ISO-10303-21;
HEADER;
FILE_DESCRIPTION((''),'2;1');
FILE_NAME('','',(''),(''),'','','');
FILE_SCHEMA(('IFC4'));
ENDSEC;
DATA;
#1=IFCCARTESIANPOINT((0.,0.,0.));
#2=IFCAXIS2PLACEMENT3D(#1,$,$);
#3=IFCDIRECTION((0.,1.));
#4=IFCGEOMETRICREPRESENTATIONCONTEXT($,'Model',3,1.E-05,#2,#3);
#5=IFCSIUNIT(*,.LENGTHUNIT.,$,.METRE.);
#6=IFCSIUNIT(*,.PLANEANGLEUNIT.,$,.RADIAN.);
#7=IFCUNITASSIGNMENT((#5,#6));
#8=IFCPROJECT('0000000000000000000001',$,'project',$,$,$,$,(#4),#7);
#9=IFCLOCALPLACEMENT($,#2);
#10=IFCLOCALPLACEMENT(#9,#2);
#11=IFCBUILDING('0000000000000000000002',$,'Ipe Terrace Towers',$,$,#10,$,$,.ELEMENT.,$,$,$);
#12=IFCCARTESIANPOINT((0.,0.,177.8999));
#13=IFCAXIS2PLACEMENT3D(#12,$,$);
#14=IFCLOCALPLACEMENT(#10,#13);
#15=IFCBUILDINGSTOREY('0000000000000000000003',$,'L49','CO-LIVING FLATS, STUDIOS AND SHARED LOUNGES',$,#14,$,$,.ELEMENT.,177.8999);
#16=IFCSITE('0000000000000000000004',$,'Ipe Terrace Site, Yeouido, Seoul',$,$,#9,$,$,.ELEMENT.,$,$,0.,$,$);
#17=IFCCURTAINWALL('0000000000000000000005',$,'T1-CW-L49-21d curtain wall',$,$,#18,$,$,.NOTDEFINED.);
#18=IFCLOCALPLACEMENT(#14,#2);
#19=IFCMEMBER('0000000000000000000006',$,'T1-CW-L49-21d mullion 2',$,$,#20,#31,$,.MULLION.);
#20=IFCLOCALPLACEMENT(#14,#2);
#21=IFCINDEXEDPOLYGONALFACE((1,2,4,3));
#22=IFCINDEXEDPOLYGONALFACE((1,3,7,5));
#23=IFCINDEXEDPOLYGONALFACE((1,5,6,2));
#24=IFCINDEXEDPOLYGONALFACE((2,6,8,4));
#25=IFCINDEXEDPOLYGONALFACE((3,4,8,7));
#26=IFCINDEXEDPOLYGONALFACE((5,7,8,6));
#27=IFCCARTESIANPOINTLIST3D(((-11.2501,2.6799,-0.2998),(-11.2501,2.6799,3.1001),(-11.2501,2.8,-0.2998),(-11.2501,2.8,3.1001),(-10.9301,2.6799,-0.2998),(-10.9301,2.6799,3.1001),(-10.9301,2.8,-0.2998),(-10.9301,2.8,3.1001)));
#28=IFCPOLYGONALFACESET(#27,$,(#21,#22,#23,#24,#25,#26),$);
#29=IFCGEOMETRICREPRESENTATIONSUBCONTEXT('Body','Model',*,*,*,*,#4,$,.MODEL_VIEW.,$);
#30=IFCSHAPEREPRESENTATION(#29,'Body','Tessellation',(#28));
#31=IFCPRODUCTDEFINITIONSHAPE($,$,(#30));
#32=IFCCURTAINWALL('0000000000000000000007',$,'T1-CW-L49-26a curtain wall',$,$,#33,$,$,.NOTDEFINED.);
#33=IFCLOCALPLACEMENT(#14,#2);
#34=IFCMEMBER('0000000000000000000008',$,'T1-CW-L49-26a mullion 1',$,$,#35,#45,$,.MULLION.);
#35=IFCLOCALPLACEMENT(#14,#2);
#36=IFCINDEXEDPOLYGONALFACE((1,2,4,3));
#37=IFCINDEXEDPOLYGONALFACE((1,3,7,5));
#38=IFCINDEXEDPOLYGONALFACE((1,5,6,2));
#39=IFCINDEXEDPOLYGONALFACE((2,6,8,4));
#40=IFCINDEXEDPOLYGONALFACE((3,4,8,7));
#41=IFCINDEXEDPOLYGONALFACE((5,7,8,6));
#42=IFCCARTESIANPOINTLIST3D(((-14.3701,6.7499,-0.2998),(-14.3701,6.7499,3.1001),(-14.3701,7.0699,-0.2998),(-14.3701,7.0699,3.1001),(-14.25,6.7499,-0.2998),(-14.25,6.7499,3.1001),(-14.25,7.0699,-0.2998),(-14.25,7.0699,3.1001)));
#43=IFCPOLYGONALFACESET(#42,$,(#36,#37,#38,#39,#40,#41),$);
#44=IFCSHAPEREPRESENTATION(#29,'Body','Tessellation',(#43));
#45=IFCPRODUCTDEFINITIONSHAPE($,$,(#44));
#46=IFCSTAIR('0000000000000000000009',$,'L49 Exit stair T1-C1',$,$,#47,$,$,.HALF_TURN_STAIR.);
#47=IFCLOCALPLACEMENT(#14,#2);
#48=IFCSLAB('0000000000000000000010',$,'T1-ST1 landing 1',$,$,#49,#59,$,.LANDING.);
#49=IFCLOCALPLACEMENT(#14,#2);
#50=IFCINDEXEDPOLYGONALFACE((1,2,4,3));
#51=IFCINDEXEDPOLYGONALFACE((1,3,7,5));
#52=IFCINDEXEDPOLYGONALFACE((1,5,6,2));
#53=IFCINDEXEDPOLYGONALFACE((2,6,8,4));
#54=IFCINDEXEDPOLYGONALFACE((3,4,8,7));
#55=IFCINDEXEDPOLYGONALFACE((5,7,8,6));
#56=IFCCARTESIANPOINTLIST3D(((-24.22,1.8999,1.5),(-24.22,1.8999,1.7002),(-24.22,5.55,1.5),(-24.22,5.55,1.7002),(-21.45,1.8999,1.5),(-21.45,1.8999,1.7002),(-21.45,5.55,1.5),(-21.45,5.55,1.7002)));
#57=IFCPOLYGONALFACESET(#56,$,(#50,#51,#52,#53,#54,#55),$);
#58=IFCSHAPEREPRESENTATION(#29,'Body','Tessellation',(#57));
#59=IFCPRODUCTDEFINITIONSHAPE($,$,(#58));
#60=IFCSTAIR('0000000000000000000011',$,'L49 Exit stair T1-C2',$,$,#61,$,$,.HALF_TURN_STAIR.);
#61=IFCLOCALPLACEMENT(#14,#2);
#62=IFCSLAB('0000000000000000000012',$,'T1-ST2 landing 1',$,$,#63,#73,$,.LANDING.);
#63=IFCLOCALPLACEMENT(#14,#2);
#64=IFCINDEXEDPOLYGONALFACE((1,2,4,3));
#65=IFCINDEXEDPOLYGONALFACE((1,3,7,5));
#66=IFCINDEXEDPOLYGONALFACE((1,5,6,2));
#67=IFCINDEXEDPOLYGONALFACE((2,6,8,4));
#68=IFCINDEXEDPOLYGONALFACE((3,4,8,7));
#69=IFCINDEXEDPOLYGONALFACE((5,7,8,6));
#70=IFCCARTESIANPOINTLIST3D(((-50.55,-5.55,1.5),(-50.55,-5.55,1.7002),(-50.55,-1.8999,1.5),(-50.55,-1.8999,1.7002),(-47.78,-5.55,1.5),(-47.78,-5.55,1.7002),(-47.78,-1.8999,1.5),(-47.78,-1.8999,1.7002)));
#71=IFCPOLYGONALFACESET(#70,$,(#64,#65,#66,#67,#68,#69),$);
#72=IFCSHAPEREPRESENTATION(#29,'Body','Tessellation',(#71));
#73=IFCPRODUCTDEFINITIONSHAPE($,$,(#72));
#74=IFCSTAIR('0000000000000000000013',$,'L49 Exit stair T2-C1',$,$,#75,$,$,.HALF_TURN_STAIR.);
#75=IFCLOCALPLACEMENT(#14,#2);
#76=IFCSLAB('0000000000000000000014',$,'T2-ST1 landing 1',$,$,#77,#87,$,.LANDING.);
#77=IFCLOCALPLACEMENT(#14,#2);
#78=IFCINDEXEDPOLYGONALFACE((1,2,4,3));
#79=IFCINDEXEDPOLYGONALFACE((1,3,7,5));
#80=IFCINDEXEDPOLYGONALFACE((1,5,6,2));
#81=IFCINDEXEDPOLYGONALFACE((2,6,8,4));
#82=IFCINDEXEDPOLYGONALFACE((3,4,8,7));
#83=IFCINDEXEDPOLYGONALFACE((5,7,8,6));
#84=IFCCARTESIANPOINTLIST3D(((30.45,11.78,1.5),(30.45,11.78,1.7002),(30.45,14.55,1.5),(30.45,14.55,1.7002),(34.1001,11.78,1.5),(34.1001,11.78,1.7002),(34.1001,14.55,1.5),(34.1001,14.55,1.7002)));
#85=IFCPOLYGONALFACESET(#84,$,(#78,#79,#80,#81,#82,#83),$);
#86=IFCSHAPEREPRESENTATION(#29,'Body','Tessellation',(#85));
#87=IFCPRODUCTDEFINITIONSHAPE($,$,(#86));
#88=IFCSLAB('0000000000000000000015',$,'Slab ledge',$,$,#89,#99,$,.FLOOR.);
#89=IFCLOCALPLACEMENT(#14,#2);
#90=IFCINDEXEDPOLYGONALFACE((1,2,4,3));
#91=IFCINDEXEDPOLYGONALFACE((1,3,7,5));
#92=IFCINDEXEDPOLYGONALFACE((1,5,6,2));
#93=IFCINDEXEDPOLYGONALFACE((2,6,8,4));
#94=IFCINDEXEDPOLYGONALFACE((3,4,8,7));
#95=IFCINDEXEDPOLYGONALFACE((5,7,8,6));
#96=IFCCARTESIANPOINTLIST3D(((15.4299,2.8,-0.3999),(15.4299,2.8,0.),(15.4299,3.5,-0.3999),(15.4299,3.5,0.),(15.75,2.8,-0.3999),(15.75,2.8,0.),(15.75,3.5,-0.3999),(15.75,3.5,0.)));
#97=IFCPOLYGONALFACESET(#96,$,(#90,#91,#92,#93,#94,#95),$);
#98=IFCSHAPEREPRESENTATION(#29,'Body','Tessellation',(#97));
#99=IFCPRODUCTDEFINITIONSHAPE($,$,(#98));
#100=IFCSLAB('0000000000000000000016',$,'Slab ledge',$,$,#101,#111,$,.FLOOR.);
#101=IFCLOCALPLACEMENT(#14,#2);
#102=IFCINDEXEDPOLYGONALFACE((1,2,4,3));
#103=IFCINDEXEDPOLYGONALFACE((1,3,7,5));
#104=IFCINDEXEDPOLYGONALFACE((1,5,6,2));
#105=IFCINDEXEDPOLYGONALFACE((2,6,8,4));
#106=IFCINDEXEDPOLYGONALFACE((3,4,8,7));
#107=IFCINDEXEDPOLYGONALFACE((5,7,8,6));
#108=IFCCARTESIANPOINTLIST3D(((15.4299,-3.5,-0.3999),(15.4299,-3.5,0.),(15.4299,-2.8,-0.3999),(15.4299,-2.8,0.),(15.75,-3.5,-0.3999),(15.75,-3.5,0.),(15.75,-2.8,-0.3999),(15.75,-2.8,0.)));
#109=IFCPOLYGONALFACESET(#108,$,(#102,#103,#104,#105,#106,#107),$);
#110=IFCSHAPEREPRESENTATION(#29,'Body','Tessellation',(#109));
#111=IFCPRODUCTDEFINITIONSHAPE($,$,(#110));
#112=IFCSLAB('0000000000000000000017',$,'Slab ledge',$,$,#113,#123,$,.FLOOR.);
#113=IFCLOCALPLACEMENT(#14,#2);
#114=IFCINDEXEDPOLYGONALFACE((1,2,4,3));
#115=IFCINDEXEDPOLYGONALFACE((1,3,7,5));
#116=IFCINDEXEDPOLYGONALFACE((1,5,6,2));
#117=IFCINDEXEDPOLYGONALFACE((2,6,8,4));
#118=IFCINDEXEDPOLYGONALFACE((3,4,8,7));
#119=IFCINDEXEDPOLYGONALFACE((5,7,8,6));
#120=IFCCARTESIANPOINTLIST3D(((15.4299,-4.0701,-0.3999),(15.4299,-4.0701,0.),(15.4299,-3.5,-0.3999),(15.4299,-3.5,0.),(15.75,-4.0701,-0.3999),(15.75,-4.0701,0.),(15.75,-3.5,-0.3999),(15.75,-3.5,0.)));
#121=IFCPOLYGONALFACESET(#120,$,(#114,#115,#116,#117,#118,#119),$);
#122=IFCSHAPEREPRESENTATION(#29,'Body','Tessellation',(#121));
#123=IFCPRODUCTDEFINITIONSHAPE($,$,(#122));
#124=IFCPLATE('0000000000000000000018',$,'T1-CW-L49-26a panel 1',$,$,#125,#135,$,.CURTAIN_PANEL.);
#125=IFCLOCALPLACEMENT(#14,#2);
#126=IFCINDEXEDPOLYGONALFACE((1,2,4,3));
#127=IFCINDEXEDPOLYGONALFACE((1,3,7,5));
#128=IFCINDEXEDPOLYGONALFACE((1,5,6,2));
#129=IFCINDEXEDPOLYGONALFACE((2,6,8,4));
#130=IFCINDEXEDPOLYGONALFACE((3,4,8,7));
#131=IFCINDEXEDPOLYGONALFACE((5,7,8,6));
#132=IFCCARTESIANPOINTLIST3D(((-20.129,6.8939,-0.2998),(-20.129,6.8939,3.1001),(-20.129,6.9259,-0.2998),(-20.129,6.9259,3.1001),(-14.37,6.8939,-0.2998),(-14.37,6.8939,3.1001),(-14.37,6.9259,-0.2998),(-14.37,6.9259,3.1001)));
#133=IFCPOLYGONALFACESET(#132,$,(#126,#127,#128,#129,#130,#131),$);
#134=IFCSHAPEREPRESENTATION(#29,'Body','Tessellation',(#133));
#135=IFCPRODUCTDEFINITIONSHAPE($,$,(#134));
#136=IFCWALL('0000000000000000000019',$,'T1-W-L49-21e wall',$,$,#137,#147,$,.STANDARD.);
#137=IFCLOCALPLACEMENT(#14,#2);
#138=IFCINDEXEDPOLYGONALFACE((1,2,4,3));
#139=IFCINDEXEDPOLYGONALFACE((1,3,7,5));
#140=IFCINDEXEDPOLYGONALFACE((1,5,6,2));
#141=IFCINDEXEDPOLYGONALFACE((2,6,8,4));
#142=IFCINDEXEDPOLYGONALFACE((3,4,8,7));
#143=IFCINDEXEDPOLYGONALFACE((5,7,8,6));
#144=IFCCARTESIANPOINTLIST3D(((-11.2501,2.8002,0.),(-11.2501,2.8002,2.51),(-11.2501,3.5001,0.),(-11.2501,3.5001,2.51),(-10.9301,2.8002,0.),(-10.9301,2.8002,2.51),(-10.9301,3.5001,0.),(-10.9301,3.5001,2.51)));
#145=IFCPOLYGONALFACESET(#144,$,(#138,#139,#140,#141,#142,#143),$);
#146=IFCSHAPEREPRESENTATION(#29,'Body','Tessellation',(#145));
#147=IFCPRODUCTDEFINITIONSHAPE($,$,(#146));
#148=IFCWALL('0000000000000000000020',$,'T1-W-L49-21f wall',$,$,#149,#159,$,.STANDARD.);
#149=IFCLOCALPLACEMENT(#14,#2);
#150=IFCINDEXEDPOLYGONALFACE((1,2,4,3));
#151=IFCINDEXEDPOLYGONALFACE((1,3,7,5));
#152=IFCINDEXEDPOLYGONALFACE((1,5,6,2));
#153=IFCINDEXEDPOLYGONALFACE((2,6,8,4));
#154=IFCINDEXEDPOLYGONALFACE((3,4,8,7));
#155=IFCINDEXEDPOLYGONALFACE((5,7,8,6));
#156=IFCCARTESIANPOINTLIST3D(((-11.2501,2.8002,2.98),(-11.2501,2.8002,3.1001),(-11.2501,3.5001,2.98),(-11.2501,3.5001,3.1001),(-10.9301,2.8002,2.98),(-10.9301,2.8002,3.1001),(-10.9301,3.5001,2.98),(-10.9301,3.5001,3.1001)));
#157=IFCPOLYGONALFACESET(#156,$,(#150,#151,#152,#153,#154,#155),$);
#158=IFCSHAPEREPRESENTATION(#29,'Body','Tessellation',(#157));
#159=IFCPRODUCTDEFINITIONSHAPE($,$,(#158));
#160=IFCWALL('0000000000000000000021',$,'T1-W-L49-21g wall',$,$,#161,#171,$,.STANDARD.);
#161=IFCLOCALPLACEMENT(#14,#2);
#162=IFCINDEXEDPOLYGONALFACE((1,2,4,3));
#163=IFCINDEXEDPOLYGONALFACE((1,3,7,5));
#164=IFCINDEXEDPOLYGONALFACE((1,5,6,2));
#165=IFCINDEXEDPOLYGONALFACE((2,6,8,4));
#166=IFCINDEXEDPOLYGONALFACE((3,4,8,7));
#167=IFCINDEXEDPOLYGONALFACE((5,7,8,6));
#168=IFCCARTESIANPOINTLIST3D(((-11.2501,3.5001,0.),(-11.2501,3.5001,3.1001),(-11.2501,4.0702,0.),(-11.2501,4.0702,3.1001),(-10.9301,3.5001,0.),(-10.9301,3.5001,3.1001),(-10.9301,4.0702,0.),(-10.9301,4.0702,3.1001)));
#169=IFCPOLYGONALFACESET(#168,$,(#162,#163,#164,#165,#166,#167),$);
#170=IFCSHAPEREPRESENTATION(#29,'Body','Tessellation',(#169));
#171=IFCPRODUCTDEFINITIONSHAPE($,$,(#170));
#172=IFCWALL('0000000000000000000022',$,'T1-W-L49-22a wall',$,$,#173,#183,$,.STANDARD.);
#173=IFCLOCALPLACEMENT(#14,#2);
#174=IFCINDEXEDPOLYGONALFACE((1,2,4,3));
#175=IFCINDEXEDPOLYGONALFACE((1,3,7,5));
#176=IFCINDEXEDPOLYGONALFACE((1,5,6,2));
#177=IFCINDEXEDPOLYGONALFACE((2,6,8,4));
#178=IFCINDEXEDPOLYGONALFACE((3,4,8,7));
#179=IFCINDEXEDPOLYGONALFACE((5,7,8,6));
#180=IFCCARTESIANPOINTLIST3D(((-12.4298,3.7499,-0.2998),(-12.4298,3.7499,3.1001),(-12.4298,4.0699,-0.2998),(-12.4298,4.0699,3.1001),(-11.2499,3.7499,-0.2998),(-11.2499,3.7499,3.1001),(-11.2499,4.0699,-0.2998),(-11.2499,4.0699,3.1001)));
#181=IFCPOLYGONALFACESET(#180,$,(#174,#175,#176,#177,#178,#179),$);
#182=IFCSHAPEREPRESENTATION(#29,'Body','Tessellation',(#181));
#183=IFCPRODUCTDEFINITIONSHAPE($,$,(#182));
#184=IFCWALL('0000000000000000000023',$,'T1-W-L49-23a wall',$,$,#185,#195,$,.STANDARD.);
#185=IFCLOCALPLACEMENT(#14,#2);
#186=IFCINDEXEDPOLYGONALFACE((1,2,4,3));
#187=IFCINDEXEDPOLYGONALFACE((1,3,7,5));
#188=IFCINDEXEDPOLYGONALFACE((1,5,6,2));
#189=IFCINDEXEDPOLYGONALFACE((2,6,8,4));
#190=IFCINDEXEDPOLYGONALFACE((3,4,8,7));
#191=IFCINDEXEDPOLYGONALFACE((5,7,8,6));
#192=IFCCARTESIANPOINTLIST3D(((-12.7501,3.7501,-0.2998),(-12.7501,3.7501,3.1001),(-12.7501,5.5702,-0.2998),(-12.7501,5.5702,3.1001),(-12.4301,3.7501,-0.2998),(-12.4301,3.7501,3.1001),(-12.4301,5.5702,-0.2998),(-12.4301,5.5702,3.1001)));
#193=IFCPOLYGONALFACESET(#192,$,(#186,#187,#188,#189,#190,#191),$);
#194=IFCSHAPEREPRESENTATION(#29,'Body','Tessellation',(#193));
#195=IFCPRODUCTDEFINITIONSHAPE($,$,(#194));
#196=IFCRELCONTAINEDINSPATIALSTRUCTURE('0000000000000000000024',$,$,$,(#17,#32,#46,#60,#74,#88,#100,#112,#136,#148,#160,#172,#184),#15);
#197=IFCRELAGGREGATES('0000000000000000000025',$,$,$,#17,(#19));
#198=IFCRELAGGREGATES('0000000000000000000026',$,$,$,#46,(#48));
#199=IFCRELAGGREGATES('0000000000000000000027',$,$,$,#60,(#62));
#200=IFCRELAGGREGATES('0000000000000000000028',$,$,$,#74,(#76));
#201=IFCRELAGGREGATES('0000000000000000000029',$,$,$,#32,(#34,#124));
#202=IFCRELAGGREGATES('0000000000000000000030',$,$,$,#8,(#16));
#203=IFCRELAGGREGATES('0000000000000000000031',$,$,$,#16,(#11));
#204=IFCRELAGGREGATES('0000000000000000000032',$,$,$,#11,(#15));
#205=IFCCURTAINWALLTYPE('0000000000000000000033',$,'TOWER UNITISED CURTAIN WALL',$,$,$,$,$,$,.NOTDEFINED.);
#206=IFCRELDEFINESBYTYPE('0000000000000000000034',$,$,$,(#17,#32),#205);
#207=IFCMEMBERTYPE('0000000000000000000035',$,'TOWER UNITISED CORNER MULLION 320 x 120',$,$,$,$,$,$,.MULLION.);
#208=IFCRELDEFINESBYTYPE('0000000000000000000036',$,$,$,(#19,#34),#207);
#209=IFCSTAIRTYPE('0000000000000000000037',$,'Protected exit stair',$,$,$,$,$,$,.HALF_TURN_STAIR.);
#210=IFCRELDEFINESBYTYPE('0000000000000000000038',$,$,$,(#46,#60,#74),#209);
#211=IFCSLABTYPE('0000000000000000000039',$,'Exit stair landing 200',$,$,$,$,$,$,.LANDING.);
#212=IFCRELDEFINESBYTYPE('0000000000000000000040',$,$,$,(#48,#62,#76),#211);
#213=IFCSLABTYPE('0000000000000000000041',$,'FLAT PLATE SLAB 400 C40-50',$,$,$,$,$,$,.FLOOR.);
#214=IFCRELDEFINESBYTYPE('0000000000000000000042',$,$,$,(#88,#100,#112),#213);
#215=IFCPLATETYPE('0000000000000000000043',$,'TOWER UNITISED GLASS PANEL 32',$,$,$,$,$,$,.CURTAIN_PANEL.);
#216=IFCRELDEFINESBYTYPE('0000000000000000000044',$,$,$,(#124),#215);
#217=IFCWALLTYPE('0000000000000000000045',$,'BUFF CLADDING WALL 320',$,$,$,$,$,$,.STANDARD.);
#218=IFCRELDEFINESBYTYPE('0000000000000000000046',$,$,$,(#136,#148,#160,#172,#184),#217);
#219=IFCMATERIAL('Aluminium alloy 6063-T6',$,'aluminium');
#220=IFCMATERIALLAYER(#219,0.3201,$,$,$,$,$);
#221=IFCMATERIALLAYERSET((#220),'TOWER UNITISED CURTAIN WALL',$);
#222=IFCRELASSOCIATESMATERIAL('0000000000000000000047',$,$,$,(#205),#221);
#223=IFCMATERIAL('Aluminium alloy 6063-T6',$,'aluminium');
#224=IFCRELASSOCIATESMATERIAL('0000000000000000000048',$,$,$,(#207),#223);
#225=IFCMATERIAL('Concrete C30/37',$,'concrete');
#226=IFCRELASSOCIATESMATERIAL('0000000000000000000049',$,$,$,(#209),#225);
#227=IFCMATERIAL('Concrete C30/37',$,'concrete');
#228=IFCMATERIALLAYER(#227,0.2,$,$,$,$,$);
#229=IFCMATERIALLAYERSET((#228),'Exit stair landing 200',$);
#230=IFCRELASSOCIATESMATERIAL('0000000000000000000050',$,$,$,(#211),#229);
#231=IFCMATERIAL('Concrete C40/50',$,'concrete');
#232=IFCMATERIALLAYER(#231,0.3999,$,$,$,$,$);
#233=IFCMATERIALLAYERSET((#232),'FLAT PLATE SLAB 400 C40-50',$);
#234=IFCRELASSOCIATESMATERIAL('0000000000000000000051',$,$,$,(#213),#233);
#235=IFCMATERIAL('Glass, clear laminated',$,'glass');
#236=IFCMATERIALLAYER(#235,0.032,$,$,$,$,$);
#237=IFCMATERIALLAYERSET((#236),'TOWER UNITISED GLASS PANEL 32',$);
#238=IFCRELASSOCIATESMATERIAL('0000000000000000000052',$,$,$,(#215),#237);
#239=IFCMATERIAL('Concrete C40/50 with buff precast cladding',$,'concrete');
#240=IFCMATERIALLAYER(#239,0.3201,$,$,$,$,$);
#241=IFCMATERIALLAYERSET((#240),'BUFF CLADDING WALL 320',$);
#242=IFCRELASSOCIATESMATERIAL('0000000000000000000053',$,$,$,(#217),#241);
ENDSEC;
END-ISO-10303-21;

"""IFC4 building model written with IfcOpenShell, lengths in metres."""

from ifc_helpers import new_model, si_unit, direction, frame, frame_2d, origin, origin_2d, place, context, subcontext, project, spatial, polyline, rectangle, outline, extrude, material, layer, layer_set, material_profile, profile_set, type_object, element, aggregate, save


model = new_model("IFC4")

# Units and contexts
model_context = context("Model", 3, precision=1e-05, world=origin(), true_north=direction((0.0, 1.0)))
body_context = subcontext(model_context, "Body", "Model", "MODEL_VIEW")
ifc_project = project(units=[si_unit("LENGTHUNIT", "METRE"), si_unit("PLANEANGLEUNIT", "RADIAN")], contexts=[model_context])

# Site, building, storey
site_placement = place(None, origin())
site = spatial("IfcSite", under=ifc_project, at=site_placement, Name="Ipe Terrace Site, Yeouido, Seoul", CompositionType="ELEMENT", RefElevation=0.0)
building_placement = place(site_placement, origin())
building = spatial("IfcBuilding", under=site, at=building_placement, Name="Ipe Terrace Towers", CompositionType="ELEMENT")
storey_placement = place(building_placement, frame((0.0, 0.0, 177.8999)))
storey = spatial("IfcBuildingStorey", under=building, at=storey_placement, Name="L49", Description="CO-LIVING FLATS, STUDIOS AND SHARED LOUNGES", CompositionType="ELEMENT", Elevation=177.8999)

# Curtain walls, members
ifc_material_1 = material(Name="Aluminium alloy 6063-T6", Category="aluminium")
ifc_layer_1 = layer(ifc_material_1, 0.3201)
ifc_layer_set_1 = layer_set([ifc_layer_1], Name="TOWER UNITISED CURTAIN WALL")
curtain_wall_type = type_object("IfcCurtainWallType", Name="TOWER UNITISED CURTAIN WALL", PredefinedType="NOTDEFINED", material=ifc_layer_set_1)
curtain_wall_1_placement = place(storey_placement, origin())
curtain_wall_1 = element("IfcCurtainWall", 1, at=curtain_wall_1_placement, inside=storey, type_object=curtain_wall_type, Name="T1-CW-L49-21d curtain wall", PredefinedType="NOTDEFINED")
ifc_material_2 = material(Name="Aluminium alloy 6063-T6", Category="aluminium")
ifc_material_profile_1 = material_profile(ifc_material_2, rectangle(XDim=0.3201, YDim=0.1201, at=origin_2d()), Name="TOWER UNITISED CORNER MULLION 320 x 120")
ifc_profile_set_1 = profile_set([ifc_material_profile_1], Name="Aluminium alloy 6063-T6")
member_type_1 = type_object("IfcMemberType", Name="TOWER UNITISED CORNER MULLION 320 x 120", PredefinedType="MULLION", material=ifc_profile_set_1)
member_1_placement = place(storey_placement, frame((-11.0901, 2.74, -0.2998), z_axis=(0.0, 0.0, 1.0), x_axis=(1.0, 0.0, 0.0)))
member_1 = element("IfcMember", 2, at=member_1_placement, type_object=member_type_1, Name="T1-CW-L49-21d mullion 2", PredefinedType="MULLION", context=body_context, shape_type="SweptSolid", body=[
    extrude(rectangle(XDim=0.3201, YDim=0.1201, at=origin_2d()), origin(), (0.0, 0.0, 1.0), 3.3999),
])
aggregate(curtain_wall_1, [member_1])
curtain_wall_2_placement = place(storey_placement, origin())
curtain_wall_2 = element("IfcCurtainWall", 3, at=curtain_wall_2_placement, inside=storey, type_object=curtain_wall_type, Name="T1-CW-L49-26a curtain wall", PredefinedType="NOTDEFINED")
member_2_placement = place(storey_placement, frame((-14.3101, 6.9099, -0.2998), z_axis=(0.0, 0.0, 1.0), x_axis=(0.0, 1.0, 0.0)))
member_2 = element("IfcMember", 4, at=member_2_placement, type_object=member_type_1, Name="T1-CW-L49-26a mullion 1", PredefinedType="MULLION", context=body_context, shape_type="SweptSolid", body=[
    extrude(rectangle(XDim=0.3201, YDim=0.1201, at=origin_2d()), origin(), (0.0, 0.0, 1.0), 3.3999),
])

# Stairs, slabs
ifc_material_3 = material(Name="Concrete C30/37", Category="concrete")
stair_type = type_object("IfcStairType", Name="Protected exit stair", PredefinedType="HALF_TURN_STAIR", material=ifc_material_3)
stair_1_placement = place(storey_placement, origin())
stair_1 = element("IfcStair", 5, at=stair_1_placement, inside=storey, type_object=stair_type, Name="L49 Exit stair T1-C1", PredefinedType="HALF_TURN_STAIR")
ifc_material_4 = material(Name="Concrete C30/37", Category="concrete")
ifc_layer_2 = layer(ifc_material_4, 0.2)
ifc_layer_set_2 = layer_set([ifc_layer_2], Name="Exit stair landing 200")
slab_type_1 = type_object("IfcSlabType", Name="Exit stair landing 200", PredefinedType="LANDING", material=ifc_layer_set_2)
slab_1_placement = place(storey_placement, frame((0.0, 0.0, 1.5)))
slab_1 = element("IfcSlab", 6, at=slab_1_placement, type_object=slab_type_1, Name="T1-ST1 landing 1", PredefinedType="LANDING", context=body_context, shape_type="SweptSolid", body=[
    extrude(outline(polyline([(-24.22, 1.8999), (-21.45, 1.8999), (-21.45, 5.55), (-24.22, 5.55), (-24.22, 1.8999)])), origin(), (0.0, 0.0, 1.0), 0.2002),
])
aggregate(stair_1, [slab_1])
stair_2_placement = place(storey_placement, origin())
stair_2 = element("IfcStair", 7, at=stair_2_placement, inside=storey, type_object=stair_type, Name="L49 Exit stair T1-C2", PredefinedType="HALF_TURN_STAIR")
slab_2_placement = place(storey_placement, frame((0.0, 0.0, 1.5)))
slab_2 = element("IfcSlab", 8, at=slab_2_placement, type_object=slab_type_1, Name="T1-ST2 landing 1", PredefinedType="LANDING", context=body_context, shape_type="SweptSolid", body=[
    extrude(outline(polyline([(-47.78, -1.8999), (-50.55, -1.8999), (-50.55, -5.55), (-47.78, -5.55), (-47.78, -1.8999)])), origin(), (0.0, 0.0, 1.0), 0.2002),
])
aggregate(stair_2, [slab_2])
stair_3_placement = place(storey_placement, origin())
stair_3 = element("IfcStair", 9, at=stair_3_placement, inside=storey, type_object=stair_type, Name="L49 Exit stair T2-C1", PredefinedType="HALF_TURN_STAIR")
slab_3_placement = place(storey_placement, frame((0.0, 0.0, 1.5)))
slab_3 = element("IfcSlab", 10, at=slab_3_placement, type_object=slab_type_1, Name="T2-ST1 landing 1", PredefinedType="LANDING", context=body_context, shape_type="SweptSolid", body=[
    extrude(outline(polyline([(34.1001, 11.78), (34.1001, 14.55), (30.45, 14.55), (30.45, 11.78), (34.1001, 11.78)])), origin(), (0.0, 0.0, 1.0), 0.2002),
])
aggregate(stair_3, [slab_3])

# Slabs
ifc_material_5 = material(Name="Concrete C40/50", Category="concrete")
ifc_layer_3 = layer(ifc_material_5, 0.3999)
ifc_layer_set_3 = layer_set([ifc_layer_3], Name="FLAT PLATE SLAB 400 C40-50")
slab_type_2 = type_object("IfcSlabType", Name="FLAT PLATE SLAB 400 C40-50", PredefinedType="FLOOR", material=ifc_layer_set_3)
slab_4_placement = place(storey_placement, frame((0.0, 0.0, -0.3999)))
element("IfcSlab", 11, at=slab_4_placement, inside=storey, type_object=slab_type_2, Name="Slab ledge", PredefinedType="FLOOR", context=body_context, shape_type="SweptSolid", body=[
    extrude(outline(polyline([(15.75, 3.5), (15.75, 2.8), (15.4299, 2.8), (15.4299, 3.5), (15.75, 3.5)])), origin(), (0.0, 0.0, 1.0), 0.3999),
])
slab_5_placement = place(storey_placement, frame((0.0, 0.0, -0.3999)))
element("IfcSlab", 12, at=slab_5_placement, inside=storey, type_object=slab_type_2, Name="Slab ledge", PredefinedType="FLOOR", context=body_context, shape_type="SweptSolid", body=[
    extrude(outline(polyline([(15.75, -2.8), (15.75, -3.5), (15.4299, -3.5), (15.4299, -2.8), (15.75, -2.8)])), origin(), (0.0, 0.0, 1.0), 0.3999),
])
slab_6_placement = place(storey_placement, frame((0.0, 0.0, -0.3999)))
element("IfcSlab", 13, at=slab_6_placement, inside=storey, type_object=slab_type_2, Name="Slab ledge", PredefinedType="FLOOR", context=body_context, shape_type="SweptSolid", body=[
    extrude(outline(polyline([(15.75, -3.5), (15.75, -4.0701), (15.4299, -4.0701), (15.4299, -3.5), (15.75, -3.5)])), origin(), (0.0, 0.0, 1.0), 0.3999),
])

# Plate
ifc_material_6 = material(Name="Glass, clear laminated", Category="glass")
ifc_layer_4 = layer(ifc_material_6, 0.032)
ifc_layer_set_4 = layer_set([ifc_layer_4], Name="TOWER UNITISED GLASS PANEL 32")
plate_type = type_object("IfcPlateType", Name="TOWER UNITISED GLASS PANEL 32", PredefinedType="CURTAIN_PANEL", material=ifc_layer_set_4)
plate_placement = place(storey_placement, frame((-17.2495, 6.9099, -0.2998), z_axis=(0.0, 0.0, 1.0), x_axis=(-1.0, 0.0, 0.0)))
plate = element("IfcPlate", 14, at=plate_placement, type_object=plate_type, Name="T1-CW-L49-26a panel 1", PredefinedType="CURTAIN_PANEL", context=body_context, shape_type="SweptSolid", body=[
    extrude(rectangle(XDim=5.759, YDim=0.032, at=origin_2d()), origin(), (0.0, 0.0, 1.0), 3.3999),
])
aggregate(curtain_wall_2, [member_2, plate])

# Walls
ifc_material_7 = material(Name="Concrete C40/50 with buff precast cladding", Category="concrete")
ifc_layer_5 = layer(ifc_material_7, 0.3201)
ifc_layer_set_5 = layer_set([ifc_layer_5], Name="BUFF CLADDING WALL 320")
wall_type_1 = type_object("IfcWallType", Name="BUFF CLADDING WALL 320", PredefinedType="STANDARD", material=ifc_layer_set_5)
wall_1_placement = place(storey_placement, frame((-11.0901, 2.8, 0.0), z_axis=(0.0, 0.0, 1.0), x_axis=(0.0, 1.0, 0.0)))
element("IfcWall", 15, at=wall_1_placement, inside=storey, type_object=wall_type_1, Name="T1-W-L49-21e wall", PredefinedType="STANDARD", context=body_context, shape_type="SweptSolid", body=[
    extrude(rectangle(XDim=0.7, YDim=0.3201, at=frame_2d((0.3501, 0.0))), origin(), (0.0, 0.0, 1.0), 2.51),
])
wall_2_placement = place(storey_placement, frame((-11.0901, 2.8, 2.98), z_axis=(0.0, 0.0, 1.0), x_axis=(0.0, 1.0, 0.0)))
element("IfcWall", 16, at=wall_2_placement, inside=storey, type_object=wall_type_1, Name="T1-W-L49-21f wall", PredefinedType="STANDARD", context=body_context, shape_type="SweptSolid", body=[
    extrude(rectangle(XDim=0.7, YDim=0.3201, at=frame_2d((0.3501, 0.0))), origin(), (0.0, 0.0, 1.0), 0.1201),
])
wall_3_placement = place(storey_placement, frame((-11.0901, 3.5, 0.0), z_axis=(0.0, 0.0, 1.0), x_axis=(0.0, 1.0, 0.0)))
element("IfcWall", 17, at=wall_3_placement, inside=storey, type_object=wall_type_1, Name="T1-W-L49-21g wall", PredefinedType="STANDARD", context=body_context, shape_type="SweptSolid", body=[
    extrude(rectangle(XDim=0.5701, YDim=0.3201, at=frame_2d((0.2852, 0.0))), origin(), (0.0, 0.0, 1.0), 3.1001),
])
wall_4_placement = place(storey_placement, frame((-11.25, 3.9099, -0.2998), z_axis=(0.0, 0.0, 1.0), x_axis=(-1.0, 0.0, 0.0)))
element("IfcWall", 18, at=wall_4_placement, inside=storey, type_object=wall_type_1, Name="T1-W-L49-22a wall", PredefinedType="STANDARD", context=body_context, shape_type="SweptSolid", body=[
    extrude(rectangle(XDim=1.1799, YDim=0.3201, at=frame_2d((0.5898, 0.0))), origin(), (0.0, 0.0, 1.0), 3.3999),
])
wall_5_placement = place(storey_placement, frame((-12.5901, 3.75, -0.2998), z_axis=(0.0, 0.0, 1.0), x_axis=(0.0, 1.0, 0.0)))
element("IfcWall", 19, at=wall_5_placement, inside=storey, type_object=wall_type_1, Name="T1-W-L49-23a wall", PredefinedType="STANDARD", context=body_context, shape_type="SweptSolid", body=[
    extrude(rectangle(XDim=1.8201, YDim=0.3201, at=frame_2d((0.9102, 0.0))), origin(), (0.0, 0.0, 1.0), 3.3999),
])

save(model, "model.ifc")
